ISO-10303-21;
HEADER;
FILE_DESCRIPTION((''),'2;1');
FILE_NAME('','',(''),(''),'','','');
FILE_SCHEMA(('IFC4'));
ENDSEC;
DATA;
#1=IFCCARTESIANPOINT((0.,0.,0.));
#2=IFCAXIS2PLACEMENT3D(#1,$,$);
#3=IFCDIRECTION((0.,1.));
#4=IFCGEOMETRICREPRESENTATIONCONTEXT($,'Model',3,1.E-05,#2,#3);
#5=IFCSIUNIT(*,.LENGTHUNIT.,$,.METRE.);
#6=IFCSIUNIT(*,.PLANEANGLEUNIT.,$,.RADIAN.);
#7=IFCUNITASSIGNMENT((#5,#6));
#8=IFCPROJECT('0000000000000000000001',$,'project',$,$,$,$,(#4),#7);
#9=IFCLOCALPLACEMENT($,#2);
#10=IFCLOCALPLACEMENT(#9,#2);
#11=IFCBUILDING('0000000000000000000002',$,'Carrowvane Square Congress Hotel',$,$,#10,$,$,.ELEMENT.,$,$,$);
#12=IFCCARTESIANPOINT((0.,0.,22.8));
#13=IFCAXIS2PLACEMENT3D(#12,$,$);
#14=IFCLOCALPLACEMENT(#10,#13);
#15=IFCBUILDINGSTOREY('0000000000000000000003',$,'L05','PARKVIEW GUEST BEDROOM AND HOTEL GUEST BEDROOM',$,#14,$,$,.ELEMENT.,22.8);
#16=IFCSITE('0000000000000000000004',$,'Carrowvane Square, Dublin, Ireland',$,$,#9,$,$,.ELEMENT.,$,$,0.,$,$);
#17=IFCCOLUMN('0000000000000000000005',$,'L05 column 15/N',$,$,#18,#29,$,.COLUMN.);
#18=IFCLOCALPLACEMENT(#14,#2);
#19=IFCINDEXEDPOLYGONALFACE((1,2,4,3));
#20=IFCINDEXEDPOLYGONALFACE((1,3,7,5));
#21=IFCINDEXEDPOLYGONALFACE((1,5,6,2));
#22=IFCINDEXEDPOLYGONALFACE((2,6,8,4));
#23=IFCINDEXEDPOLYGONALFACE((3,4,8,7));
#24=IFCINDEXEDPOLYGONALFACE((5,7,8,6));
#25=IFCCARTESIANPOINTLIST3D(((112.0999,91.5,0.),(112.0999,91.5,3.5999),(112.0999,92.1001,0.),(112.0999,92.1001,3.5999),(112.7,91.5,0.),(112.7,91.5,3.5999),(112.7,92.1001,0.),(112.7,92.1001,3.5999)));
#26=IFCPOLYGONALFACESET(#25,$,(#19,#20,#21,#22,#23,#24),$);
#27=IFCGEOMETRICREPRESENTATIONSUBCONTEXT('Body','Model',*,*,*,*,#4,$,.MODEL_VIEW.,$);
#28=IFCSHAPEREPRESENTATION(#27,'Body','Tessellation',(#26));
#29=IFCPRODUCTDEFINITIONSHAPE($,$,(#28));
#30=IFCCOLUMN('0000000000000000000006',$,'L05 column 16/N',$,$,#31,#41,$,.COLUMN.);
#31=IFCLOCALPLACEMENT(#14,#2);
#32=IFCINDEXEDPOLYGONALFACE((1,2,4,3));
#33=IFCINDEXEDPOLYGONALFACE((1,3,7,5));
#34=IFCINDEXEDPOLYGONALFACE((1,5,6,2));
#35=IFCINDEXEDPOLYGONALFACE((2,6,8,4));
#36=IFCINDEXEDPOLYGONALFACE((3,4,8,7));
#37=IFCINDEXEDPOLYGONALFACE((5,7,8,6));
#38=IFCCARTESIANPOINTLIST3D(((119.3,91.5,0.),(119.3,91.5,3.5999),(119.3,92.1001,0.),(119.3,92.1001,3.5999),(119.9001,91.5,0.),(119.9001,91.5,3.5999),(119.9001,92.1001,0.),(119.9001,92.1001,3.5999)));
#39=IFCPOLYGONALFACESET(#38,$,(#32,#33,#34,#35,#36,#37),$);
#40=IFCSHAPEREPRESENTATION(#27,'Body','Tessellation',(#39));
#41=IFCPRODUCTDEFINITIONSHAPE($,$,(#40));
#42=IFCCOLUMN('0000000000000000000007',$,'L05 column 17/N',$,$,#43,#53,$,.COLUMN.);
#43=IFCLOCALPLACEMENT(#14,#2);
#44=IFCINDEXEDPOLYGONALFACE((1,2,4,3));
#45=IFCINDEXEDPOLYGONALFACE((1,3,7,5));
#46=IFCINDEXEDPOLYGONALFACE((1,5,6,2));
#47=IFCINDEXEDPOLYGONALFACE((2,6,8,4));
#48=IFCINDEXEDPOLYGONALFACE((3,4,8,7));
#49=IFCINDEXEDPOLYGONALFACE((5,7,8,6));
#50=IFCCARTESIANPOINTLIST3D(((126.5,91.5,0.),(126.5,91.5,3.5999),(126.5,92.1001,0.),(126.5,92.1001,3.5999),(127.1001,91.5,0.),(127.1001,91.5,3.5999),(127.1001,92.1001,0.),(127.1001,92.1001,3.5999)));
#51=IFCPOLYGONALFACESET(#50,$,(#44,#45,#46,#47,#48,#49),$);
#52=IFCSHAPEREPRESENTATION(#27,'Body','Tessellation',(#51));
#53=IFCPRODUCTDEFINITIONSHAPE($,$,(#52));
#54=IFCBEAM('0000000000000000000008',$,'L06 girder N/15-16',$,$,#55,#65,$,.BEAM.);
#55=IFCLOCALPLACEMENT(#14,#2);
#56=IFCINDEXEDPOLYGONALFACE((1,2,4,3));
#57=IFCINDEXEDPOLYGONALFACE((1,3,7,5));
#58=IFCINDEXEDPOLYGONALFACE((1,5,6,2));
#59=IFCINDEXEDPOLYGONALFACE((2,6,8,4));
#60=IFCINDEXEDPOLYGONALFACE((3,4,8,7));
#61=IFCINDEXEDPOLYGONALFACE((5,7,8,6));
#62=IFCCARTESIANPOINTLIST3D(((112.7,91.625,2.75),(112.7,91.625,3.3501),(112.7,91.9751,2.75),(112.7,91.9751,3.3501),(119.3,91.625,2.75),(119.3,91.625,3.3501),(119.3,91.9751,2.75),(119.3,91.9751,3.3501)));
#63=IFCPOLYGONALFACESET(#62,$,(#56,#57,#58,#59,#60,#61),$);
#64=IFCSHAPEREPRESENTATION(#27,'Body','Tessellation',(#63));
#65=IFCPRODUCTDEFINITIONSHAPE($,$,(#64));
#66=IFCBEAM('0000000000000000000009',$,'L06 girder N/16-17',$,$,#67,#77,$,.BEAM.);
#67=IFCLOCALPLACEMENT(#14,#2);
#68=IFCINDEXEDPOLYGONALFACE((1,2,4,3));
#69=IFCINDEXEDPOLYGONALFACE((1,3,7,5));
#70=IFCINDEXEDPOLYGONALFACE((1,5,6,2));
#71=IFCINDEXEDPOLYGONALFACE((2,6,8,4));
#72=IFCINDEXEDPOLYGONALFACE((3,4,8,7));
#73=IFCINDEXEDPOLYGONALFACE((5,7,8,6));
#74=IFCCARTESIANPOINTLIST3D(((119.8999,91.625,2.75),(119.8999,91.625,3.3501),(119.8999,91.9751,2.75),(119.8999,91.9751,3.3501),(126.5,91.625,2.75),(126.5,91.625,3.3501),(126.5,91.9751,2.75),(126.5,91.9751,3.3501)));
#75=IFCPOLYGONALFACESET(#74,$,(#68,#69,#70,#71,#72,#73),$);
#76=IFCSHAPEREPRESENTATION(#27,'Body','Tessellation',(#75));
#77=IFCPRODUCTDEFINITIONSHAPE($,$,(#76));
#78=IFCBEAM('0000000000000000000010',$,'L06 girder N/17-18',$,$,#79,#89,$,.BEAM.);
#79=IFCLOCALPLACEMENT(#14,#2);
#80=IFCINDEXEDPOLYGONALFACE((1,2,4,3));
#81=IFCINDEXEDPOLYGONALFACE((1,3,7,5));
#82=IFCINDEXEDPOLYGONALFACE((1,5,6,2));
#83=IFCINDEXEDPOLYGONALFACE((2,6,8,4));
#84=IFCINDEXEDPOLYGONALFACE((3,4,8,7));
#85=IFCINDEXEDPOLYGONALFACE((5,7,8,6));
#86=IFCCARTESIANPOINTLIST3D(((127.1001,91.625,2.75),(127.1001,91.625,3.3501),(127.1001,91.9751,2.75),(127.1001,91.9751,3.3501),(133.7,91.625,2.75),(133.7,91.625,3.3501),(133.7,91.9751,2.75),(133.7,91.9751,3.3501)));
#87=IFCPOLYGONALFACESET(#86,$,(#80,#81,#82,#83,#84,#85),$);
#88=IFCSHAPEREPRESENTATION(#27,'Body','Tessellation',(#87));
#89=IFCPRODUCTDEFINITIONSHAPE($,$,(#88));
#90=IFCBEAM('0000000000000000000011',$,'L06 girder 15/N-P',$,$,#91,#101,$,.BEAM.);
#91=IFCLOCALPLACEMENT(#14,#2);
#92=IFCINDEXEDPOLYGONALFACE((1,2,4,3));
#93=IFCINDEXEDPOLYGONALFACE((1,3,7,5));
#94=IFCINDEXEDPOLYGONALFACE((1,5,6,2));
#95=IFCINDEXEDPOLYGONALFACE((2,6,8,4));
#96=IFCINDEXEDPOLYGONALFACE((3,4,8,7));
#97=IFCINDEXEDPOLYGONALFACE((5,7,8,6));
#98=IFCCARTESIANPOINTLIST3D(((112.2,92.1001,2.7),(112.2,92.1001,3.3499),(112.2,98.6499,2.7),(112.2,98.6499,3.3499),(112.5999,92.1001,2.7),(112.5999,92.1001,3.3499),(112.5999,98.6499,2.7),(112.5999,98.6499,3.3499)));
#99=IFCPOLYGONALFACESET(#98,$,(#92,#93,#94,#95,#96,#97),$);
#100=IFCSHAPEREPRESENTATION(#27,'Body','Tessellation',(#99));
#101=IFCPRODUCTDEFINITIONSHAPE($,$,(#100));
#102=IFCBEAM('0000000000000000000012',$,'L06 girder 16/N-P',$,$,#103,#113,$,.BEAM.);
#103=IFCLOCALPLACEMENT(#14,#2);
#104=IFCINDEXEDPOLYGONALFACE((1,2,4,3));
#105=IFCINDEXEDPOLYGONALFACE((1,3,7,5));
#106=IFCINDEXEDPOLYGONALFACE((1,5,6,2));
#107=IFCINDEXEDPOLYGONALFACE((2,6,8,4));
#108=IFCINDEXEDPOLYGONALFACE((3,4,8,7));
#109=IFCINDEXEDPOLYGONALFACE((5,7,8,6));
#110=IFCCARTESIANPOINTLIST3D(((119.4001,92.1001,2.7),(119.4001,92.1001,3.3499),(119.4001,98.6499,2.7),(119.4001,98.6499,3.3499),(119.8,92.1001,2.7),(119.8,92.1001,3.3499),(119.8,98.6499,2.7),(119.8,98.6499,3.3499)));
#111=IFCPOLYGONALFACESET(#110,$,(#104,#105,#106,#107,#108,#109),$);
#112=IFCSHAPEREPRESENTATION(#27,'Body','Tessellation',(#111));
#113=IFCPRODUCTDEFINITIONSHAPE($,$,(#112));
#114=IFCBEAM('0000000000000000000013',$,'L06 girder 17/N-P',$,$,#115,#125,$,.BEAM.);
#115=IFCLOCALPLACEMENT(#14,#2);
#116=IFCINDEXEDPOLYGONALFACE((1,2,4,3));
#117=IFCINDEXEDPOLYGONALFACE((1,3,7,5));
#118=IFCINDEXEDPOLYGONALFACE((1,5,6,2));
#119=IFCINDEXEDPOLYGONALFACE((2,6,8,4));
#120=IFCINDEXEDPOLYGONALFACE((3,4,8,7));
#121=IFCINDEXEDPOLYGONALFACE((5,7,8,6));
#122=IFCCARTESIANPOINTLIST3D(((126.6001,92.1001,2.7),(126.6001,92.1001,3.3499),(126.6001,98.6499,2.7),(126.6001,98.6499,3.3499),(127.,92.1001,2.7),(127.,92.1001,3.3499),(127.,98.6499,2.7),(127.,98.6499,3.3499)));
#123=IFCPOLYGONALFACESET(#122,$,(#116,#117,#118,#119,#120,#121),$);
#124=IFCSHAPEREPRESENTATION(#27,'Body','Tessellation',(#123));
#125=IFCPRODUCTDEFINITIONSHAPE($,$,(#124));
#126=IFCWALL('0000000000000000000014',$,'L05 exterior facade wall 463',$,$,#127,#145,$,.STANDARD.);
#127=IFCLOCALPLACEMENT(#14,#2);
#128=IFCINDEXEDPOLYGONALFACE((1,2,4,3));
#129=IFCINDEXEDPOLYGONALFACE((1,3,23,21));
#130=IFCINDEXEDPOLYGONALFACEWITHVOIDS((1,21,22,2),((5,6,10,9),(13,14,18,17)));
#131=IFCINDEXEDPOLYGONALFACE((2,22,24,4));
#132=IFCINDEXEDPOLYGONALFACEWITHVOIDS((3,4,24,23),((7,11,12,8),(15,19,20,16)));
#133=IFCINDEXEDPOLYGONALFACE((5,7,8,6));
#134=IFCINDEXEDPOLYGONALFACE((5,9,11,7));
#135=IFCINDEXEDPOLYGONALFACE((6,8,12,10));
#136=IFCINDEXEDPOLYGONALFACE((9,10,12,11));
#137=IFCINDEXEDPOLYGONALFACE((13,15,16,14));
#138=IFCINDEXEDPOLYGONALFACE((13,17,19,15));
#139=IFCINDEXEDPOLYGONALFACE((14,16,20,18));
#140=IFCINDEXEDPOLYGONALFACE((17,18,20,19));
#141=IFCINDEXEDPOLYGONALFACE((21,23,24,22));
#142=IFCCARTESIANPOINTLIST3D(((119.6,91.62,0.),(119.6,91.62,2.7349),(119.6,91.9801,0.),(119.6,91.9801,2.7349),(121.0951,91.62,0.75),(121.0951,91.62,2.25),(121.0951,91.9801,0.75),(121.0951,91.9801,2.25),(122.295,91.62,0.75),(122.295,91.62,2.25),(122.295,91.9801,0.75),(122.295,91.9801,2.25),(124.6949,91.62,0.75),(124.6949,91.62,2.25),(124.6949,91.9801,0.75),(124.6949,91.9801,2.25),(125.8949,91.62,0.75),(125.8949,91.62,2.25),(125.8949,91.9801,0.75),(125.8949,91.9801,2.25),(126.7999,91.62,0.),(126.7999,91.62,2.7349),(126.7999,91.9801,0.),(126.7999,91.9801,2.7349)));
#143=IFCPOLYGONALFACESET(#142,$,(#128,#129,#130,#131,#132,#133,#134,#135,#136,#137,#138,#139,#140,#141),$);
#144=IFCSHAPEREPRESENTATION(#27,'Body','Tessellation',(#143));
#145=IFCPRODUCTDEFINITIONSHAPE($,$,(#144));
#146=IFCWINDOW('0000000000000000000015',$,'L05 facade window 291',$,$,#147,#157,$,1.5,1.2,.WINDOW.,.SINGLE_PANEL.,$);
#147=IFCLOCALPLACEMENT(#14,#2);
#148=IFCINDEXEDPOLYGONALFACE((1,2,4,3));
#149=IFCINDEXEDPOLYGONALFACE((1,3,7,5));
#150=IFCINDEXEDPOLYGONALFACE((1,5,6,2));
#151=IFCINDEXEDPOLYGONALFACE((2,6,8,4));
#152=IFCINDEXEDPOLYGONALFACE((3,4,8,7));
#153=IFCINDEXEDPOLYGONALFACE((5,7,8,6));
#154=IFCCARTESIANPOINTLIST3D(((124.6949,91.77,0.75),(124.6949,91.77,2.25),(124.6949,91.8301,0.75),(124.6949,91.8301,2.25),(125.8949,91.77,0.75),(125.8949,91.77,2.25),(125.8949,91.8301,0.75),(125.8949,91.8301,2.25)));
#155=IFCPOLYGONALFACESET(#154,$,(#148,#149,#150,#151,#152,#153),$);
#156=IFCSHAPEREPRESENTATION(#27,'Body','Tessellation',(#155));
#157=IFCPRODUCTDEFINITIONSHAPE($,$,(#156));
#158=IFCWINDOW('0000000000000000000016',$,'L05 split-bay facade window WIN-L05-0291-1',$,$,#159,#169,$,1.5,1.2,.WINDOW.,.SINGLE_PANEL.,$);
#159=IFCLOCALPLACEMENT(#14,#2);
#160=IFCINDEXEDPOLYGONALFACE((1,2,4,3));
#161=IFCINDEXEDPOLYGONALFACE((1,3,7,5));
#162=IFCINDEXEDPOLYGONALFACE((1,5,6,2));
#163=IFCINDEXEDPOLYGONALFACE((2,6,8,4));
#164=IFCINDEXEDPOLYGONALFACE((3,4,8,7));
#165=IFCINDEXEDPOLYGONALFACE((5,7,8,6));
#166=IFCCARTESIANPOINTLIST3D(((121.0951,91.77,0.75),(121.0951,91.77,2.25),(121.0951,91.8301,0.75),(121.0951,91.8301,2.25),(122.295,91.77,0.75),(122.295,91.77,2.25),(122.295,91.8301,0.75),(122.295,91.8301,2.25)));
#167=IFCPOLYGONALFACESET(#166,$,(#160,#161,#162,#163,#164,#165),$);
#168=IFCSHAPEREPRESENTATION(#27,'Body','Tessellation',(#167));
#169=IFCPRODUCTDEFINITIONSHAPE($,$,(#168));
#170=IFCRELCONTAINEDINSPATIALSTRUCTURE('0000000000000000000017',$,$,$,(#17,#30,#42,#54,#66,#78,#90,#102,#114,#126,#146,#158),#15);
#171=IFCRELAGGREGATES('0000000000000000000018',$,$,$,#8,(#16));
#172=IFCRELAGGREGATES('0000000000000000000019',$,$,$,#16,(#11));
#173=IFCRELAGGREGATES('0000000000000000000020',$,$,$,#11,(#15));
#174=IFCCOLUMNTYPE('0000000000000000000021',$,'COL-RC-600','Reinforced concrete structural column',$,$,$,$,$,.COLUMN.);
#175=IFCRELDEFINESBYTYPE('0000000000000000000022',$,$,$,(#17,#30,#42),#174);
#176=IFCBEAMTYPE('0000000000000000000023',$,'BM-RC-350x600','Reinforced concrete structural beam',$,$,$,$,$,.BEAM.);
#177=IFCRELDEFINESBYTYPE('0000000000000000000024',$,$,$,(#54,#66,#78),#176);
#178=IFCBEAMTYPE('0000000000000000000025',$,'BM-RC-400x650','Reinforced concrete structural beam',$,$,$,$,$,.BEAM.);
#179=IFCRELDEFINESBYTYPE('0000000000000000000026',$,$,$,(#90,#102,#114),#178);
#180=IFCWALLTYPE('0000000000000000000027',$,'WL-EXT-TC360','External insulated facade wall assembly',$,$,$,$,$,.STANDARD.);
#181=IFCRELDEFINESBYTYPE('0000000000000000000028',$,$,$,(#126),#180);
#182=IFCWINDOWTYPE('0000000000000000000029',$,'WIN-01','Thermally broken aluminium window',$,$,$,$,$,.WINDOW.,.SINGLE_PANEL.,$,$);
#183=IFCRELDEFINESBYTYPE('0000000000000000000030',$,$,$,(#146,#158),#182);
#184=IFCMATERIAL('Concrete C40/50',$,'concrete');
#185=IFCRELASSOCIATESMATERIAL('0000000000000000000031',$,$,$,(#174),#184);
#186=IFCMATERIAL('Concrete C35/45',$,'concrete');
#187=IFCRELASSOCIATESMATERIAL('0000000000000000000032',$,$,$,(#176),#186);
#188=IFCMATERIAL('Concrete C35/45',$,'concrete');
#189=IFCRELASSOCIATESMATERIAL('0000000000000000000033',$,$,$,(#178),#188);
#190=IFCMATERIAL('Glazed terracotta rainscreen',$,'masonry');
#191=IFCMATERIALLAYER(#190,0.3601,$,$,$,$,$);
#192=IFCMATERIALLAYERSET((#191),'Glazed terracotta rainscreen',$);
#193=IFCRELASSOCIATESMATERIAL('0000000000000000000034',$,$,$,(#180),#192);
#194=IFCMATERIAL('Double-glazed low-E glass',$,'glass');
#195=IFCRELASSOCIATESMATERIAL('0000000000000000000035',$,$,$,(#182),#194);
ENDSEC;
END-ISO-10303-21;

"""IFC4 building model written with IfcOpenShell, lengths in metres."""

from ifc_helpers import new_model, si_unit, direction, frame, frame_2d, origin, origin_2d, place, context, subcontext, project, spatial, rectangle, extrude, material, layer, layer_set, material_profile, profile_set, type_object, element, fill, save


model = new_model("IFC4")

# Units and contexts
model_context = context("Model", 3, precision=1e-05, world=origin(), true_north=direction((0.0, 1.0)))
body_context = subcontext(model_context, "Body", "Model", "MODEL_VIEW")
ifc_project = project(units=[si_unit("LENGTHUNIT", "METRE"), si_unit("PLANEANGLEUNIT", "RADIAN")], contexts=[model_context])

# Site, building, storey
site_placement = place(None, origin())
site = spatial("IfcSite", under=ifc_project, at=site_placement, Name="Carrowvane Square, Dublin, Ireland", CompositionType="ELEMENT", RefElevation=0.0)
building_placement = place(site_placement, origin())
building = spatial("IfcBuilding", under=site, at=building_placement, Name="Carrowvane Square Congress Hotel", CompositionType="ELEMENT")
storey_placement = place(building_placement, frame((0.0, 0.0, 22.8)))
storey = spatial("IfcBuildingStorey", under=building, at=storey_placement, Name="L05", Description="PARKVIEW GUEST BEDROOM AND HOTEL GUEST BEDROOM", CompositionType="ELEMENT", Elevation=22.8)

# Columns
ifc_material_1 = material(Name="Concrete C40/50", Category="concrete")
ifc_material_profile_1 = material_profile(ifc_material_1, rectangle(XDim=0.6001, YDim=0.6001, at=origin_2d()), Name="RC 600x600")
ifc_profile_set_1 = profile_set([ifc_material_profile_1], Name="Concrete C40/50")
column_type = type_object("IfcColumnType", Name="COL-RC-600", Description="Reinforced concrete structural column", PredefinedType="COLUMN", material=ifc_profile_set_1)
for number, where, z_axis, x_axis, name in (
    (1, (112.3999, 91.8, 0.0), (0.0, 0.0, 1.0), (1.0, 0.0, 0.0), "L05 column 15/N"),
    (2, (119.6001, 91.8, 0.0), (0.0, 0.0, 1.0), (1.0, 0.0, 0.0), "L05 column 16/N"),
    (3, (126.8, 91.8, 0.0), (0.0, 0.0, 1.0), (1.0, 0.0, 0.0), "L05 column 17/N"),
):
    element("IfcColumn", number, at=place(storey_placement, frame(where, z_axis=z_axis, x_axis=x_axis)), inside=storey, type_object=column_type, Name=name, PredefinedType="COLUMN", context=body_context, shape_type="SweptSolid", body=[
        extrude(rectangle(XDim=0.6001, YDim=0.6001, at=origin_2d()), origin(), (0.0, 0.0, 1.0), 3.5999),
    ])

# Beams
ifc_material_2 = material(Name="Concrete C35/45", Category="concrete")
ifc_material_profile_2 = material_profile(ifc_material_2, rectangle(XDim=0.3501, YDim=0.6001, at=origin_2d()), Name="RC 350x600")
ifc_profile_set_2 = profile_set([ifc_material_profile_2], Name="Concrete C35/45")
beam_type_1 = type_object("IfcBeamType", Name="BM-RC-350x600", Description="Reinforced concrete structural beam", PredefinedType="BEAM", material=ifc_profile_set_2)
for number, where, z_axis, x_axis, name in (
    (4, (112.7, 91.8, 3.05), (1.0, 0.0, 0.0), (0.0, 1.0, 0.0), "L06 girder N/15-16"),
    (5, (119.8999, 91.8, 3.05), (1.0, 0.0, 0.0), (0.0, 1.0, 0.0), "L06 girder N/16-17"),
):
    element("IfcBeam", number, at=place(storey_placement, frame(where, z_axis=z_axis, x_axis=x_axis)), inside=storey, type_object=beam_type_1, Name=name, PredefinedType="BEAM", context=body_context, shape_type="SweptSolid", body=[
        extrude(rectangle(XDim=0.3501, YDim=0.6001, at=origin_2d()), origin(), (0.0, 0.0, 1.0), 6.6001),
    ])
beam_placement = place(storey_placement, frame((127.1001, 91.8, 3.05), z_axis=(1.0, 0.0, 0.0), x_axis=(0.0, 1.0, 0.0)))
element("IfcBeam", 6, at=beam_placement, inside=storey, type_object=beam_type_1, Name="L06 girder N/17-18", PredefinedType="BEAM", context=body_context, shape_type="SweptSolid", body=[
    extrude(rectangle(XDim=0.3501, YDim=0.6001, at=origin_2d()), origin(), (0.0, 0.0, 1.0), 6.5999),
])
ifc_material_3 = material(Name="Concrete C35/45", Category="concrete")
ifc_material_profile_3 = material_profile(ifc_material_3, rectangle(XDim=0.3999, YDim=0.6499, at=origin_2d()), Name="RC 400x650")
ifc_profile_set_3 = profile_set([ifc_material_profile_3], Name="Concrete C35/45")
beam_type_2 = type_object("IfcBeamType", Name="BM-RC-400x650", Description="Reinforced concrete structural beam", PredefinedType="BEAM", material=ifc_profile_set_3)
for number, where, z_axis, x_axis, name in (
    (7, (112.3999, 92.1001, 3.0249), (0.0, 1.0, 0.0), (-1.0, 0.0, 0.0), "L06 girder 15/N-P"),
    (8, (119.6001, 92.1001, 3.0249), (0.0, 1.0, 0.0), (-1.0, 0.0, 0.0), "L06 girder 16/N-P"),
    (9, (126.8, 92.1001, 3.0249), (0.0, 1.0, 0.0), (-1.0, 0.0, 0.0), "L06 girder 17/N-P"),
):
    element("IfcBeam", number, at=place(storey_placement, frame(where, z_axis=z_axis, x_axis=x_axis)), inside=storey, type_object=beam_type_2, Name=name, PredefinedType="BEAM", context=body_context, shape_type="SweptSolid", body=[
        extrude(rectangle(XDim=0.3999, YDim=0.6499, at=origin_2d()), origin(), (0.0, 0.0, 1.0), 6.5498),
    ])

# Wall, openings, windows
ifc_material_4 = material(Name="Glazed terracotta rainscreen", Category="masonry")
ifc_layer_1 = layer(ifc_material_4, 0.3601)
ifc_layer_set_1 = layer_set([ifc_layer_1], Name="Glazed terracotta rainscreen")
wall_type_1 = type_object("IfcWallType", Name="WL-EXT-TC360", Description="External insulated facade wall assembly", PredefinedType="STANDARD", material=ifc_layer_set_1)
wall_1_placement = place(storey_placement, frame((126.8, 91.8, 0.0), z_axis=(0.0, 0.0, 1.0), x_axis=(-1.0, 0.0, 0.0)))
wall_1 = element("IfcWall", 10, at=wall_1_placement, inside=storey, type_object=wall_type_1, Name="L05 exterior facade wall 463", PredefinedType="STANDARD", context=body_context, shape_type="SweptSolid", body=[
    extrude(rectangle(XDim=7.2, YDim=0.3601, at=frame_2d((3.6001, 0.0))), origin(), (0.0, 0.0, 1.0), 2.7349),
])
opening_1_placement = place(wall_1_placement, frame((0.905, 0.0, 0.75)))
opening_1 = element("IfcOpeningElement", 11, at=opening_1_placement, cuts=wall_1, PredefinedType="OPENING", context=body_context, shape_type="SweptSolid", body=[
    extrude(rectangle(XDim=1.2, YDim=1.5, at=frame_2d((0.6001, 0.75))), frame((0.0, 0.1899, 0.0), z_axis=(0.0, -1.0, 0.0), x_axis=(1.0, 0.0, 0.0)), (0.0, 0.0, 1.0), 0.3801),
])
opening_2_placement = place(wall_1_placement, frame((4.5049, 0.0, 0.75)))
opening_2 = element("IfcOpeningElement", 12, at=opening_2_placement, cuts=wall_1, PredefinedType="OPENING", context=body_context, shape_type="SweptSolid", body=[
    extrude(rectangle(XDim=1.2, YDim=1.5, at=frame_2d((0.6001, 0.75))), frame((0.0, 0.1899, 0.0), z_axis=(0.0, -1.0, 0.0), x_axis=(1.0, 0.0, 0.0)), (0.0, 0.0, 1.0), 0.3801),
])
ifc_material_5 = material(Name="Double-glazed low-E glass", Category="glass")
window_type_1 = type_object("IfcWindowType", Name="WIN-01", Description="Thermally broken aluminium window", PartitioningType="SINGLE_PANEL", PredefinedType="WINDOW", material=ifc_material_5)
window_1_placement = place(opening_1_placement, origin())
window_1 = element("IfcWindow", 13, at=window_1_placement, inside=storey, type_object=window_type_1, Name="L05 facade window 291", OverallHeight=1.5, OverallWidth=1.2, PartitioningType="SINGLE_PANEL", PredefinedType="WINDOW", context=body_context, shape_type="SweptSolid", body=[
    extrude(rectangle(XDim=1.2, YDim=1.5, at=frame_2d((0.6001, 0.75))), frame((0.0, 0.03, 0.0), z_axis=(0.0, -1.0, 0.0), x_axis=(1.0, 0.0, 0.0)), (0.0, 0.0, 1.0), 0.0601),
])
fill(opening_1, window_1)
window_2_placement = place(opening_2_placement, origin())
window_2 = element("IfcWindow", 14, at=window_2_placement, inside=storey, type_object=window_type_1, Name="L05 split-bay facade window WIN-L05-0291-1", OverallHeight=1.5, OverallWidth=1.2, PartitioningType="SINGLE_PANEL", PredefinedType="WINDOW", context=body_context, shape_type="SweptSolid", body=[
    extrude(rectangle(XDim=1.2, YDim=1.5, at=frame_2d((0.6001, 0.75))), frame((0.0, 0.03, 0.0), z_axis=(0.0, -1.0, 0.0), x_axis=(1.0, 0.0, 0.0)), (0.0, 0.0, 1.0), 0.0601),
])
fill(opening_2, window_2)

save(model, "model.ifc")
